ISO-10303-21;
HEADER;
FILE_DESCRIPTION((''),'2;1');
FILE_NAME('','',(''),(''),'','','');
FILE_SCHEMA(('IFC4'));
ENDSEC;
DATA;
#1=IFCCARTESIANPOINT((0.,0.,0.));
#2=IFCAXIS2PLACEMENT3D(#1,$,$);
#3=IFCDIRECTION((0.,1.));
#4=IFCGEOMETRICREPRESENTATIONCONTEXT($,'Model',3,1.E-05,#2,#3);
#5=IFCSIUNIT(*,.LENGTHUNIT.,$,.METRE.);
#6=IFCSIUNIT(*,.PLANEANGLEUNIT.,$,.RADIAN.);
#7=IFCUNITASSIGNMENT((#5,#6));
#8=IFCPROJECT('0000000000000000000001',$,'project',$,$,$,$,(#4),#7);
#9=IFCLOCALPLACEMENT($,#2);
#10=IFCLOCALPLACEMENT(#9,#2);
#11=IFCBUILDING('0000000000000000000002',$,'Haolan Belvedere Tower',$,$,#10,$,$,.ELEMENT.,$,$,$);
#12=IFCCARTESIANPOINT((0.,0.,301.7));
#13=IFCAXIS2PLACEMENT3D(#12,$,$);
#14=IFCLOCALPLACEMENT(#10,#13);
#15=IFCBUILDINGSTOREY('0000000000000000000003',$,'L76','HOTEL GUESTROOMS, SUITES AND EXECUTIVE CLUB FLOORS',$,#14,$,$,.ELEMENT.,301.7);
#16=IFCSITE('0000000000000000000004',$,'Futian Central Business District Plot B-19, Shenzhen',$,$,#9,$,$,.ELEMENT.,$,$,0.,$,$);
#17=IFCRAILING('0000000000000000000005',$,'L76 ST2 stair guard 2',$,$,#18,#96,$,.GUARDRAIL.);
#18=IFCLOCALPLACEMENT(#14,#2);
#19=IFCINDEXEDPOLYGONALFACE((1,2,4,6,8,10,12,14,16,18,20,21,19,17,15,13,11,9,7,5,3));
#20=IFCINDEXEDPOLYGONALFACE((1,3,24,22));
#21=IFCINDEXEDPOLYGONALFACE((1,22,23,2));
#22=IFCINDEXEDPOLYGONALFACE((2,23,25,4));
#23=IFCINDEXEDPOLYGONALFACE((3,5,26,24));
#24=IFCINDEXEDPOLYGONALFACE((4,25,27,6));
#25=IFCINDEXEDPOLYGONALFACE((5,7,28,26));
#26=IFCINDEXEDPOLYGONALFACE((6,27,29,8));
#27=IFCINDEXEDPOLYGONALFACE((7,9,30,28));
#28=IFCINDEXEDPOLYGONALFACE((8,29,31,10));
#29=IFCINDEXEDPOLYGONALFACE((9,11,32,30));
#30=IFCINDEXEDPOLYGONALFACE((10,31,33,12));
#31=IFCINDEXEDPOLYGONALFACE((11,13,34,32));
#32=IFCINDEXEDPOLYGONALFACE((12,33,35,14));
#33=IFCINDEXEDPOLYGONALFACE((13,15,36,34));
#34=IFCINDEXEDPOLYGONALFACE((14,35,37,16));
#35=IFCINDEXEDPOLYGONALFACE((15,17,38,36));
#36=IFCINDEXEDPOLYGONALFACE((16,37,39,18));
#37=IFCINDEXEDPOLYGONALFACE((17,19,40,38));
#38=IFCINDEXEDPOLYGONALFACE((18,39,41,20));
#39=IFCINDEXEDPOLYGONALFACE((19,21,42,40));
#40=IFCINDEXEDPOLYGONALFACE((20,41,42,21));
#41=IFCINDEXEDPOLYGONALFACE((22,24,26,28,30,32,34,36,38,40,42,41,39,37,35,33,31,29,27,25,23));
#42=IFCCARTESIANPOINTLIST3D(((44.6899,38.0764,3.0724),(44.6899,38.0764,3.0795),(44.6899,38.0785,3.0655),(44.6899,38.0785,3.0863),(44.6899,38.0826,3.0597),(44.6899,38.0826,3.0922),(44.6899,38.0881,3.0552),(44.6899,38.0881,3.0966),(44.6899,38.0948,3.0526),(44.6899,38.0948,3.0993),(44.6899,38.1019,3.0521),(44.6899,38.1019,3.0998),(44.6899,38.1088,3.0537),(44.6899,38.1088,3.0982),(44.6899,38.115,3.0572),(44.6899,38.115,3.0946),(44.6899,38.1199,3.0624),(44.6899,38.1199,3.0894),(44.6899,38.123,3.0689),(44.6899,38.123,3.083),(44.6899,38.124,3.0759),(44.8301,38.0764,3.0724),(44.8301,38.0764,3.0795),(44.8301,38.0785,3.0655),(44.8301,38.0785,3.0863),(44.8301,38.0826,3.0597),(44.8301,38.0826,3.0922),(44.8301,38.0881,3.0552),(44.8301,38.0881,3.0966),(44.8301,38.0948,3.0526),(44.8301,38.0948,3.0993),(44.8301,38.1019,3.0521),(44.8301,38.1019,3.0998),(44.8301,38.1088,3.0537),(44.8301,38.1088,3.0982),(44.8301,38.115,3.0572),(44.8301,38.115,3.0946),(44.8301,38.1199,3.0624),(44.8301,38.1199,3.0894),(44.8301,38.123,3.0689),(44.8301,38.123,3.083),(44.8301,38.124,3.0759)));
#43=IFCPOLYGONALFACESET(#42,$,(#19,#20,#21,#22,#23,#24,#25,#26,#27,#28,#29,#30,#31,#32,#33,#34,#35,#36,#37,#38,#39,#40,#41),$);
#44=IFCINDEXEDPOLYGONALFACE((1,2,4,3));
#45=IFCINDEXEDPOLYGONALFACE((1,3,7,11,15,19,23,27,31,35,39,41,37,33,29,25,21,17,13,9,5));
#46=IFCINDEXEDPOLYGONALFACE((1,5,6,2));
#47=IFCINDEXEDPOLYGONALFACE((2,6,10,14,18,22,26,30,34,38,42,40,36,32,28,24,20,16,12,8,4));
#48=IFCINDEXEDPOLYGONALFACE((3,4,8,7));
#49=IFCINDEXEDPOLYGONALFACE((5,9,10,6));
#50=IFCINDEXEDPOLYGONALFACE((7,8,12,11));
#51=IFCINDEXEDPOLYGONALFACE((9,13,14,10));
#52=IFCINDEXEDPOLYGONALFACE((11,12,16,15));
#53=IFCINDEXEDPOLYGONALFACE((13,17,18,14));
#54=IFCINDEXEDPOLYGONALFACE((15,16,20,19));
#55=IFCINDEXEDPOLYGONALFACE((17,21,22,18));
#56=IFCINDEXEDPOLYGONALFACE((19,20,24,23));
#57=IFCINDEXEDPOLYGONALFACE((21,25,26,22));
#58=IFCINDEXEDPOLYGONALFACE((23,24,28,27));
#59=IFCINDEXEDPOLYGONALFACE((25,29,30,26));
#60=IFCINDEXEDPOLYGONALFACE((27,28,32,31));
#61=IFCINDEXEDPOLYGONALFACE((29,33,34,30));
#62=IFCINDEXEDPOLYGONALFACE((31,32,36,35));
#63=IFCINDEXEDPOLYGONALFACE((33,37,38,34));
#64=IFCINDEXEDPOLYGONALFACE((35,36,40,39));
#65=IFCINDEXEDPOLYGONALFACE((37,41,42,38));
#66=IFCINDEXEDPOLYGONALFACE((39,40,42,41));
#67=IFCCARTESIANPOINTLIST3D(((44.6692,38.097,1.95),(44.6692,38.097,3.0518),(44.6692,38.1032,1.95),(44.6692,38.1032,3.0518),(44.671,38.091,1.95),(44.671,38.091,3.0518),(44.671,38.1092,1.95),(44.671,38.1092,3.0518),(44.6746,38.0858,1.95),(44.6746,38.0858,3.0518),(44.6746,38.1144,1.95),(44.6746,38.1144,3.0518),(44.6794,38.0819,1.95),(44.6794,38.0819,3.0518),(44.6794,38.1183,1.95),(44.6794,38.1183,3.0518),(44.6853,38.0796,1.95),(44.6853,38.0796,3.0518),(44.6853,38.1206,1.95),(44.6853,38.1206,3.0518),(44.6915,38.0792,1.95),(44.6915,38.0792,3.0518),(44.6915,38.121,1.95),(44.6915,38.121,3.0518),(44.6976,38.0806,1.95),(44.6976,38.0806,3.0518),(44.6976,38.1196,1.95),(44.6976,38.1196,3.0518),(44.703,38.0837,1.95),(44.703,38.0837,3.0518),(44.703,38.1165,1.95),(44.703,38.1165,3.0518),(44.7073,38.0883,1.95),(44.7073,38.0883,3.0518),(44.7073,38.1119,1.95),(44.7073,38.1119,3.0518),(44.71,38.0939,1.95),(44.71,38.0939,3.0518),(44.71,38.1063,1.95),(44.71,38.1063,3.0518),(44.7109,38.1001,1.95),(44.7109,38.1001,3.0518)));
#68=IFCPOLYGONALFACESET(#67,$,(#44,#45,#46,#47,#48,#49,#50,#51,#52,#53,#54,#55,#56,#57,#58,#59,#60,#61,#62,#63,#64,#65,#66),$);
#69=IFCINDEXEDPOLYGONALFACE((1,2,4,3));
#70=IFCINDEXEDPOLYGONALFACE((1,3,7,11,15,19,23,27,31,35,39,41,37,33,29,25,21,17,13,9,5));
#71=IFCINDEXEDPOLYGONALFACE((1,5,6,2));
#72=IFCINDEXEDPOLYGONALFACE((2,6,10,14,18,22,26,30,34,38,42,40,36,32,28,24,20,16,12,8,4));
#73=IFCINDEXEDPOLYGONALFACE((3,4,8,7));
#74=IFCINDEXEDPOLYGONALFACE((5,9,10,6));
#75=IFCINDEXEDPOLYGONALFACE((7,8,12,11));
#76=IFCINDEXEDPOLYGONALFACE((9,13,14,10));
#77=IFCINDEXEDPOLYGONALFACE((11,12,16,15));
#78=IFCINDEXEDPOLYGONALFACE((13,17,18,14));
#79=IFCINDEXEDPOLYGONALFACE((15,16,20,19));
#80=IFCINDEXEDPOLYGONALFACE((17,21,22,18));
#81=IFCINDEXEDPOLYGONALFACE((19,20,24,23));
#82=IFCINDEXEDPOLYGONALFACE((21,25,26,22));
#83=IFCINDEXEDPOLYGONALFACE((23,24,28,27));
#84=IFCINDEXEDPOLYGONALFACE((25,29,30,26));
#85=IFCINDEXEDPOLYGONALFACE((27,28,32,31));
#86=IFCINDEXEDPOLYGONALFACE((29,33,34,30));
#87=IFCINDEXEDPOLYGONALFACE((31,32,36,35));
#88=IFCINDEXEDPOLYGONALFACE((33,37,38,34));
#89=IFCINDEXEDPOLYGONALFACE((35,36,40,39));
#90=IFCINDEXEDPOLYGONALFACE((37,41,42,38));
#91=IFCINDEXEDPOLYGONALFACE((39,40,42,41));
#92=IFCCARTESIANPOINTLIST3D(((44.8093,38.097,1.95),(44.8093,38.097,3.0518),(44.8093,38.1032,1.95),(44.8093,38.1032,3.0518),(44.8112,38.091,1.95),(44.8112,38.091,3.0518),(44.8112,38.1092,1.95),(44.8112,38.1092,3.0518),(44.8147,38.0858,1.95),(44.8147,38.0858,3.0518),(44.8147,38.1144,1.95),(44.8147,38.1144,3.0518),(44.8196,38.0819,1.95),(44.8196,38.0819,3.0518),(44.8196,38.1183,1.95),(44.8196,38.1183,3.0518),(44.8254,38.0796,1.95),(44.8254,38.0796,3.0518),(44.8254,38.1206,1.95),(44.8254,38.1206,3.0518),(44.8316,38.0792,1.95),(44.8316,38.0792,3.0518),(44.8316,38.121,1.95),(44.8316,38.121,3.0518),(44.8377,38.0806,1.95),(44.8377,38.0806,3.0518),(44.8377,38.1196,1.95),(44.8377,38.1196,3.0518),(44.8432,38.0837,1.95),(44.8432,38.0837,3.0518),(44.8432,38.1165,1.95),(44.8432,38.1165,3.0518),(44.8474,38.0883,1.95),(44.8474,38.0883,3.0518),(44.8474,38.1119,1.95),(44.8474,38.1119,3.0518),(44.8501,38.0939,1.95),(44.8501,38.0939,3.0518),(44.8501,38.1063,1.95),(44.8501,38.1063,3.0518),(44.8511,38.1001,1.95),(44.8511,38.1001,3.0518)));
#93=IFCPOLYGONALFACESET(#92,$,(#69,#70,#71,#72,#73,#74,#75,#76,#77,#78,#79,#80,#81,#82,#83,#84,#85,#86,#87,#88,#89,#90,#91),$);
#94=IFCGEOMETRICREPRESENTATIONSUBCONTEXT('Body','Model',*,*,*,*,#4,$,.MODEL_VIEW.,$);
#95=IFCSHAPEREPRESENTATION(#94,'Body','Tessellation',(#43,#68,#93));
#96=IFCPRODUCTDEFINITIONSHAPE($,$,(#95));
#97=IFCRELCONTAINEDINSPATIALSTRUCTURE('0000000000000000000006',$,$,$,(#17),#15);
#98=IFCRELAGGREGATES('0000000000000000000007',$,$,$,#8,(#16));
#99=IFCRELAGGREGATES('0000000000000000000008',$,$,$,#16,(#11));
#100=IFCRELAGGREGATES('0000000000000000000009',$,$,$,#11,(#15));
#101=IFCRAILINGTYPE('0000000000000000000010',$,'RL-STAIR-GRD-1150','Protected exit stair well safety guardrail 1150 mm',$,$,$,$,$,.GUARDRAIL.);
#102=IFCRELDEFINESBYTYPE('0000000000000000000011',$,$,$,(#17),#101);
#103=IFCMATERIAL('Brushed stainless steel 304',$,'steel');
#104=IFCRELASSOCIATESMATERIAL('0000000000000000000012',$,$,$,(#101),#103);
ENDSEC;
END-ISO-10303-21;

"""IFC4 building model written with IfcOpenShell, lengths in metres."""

from ifc_helpers import new_model, si_unit, direction, frame, origin, origin_2d, place, context, subcontext, project, spatial, circle, extrude, material, type_object, element, save


model = new_model("IFC4")

# Units and contexts
model_context = context("Model", 3, precision=1e-05, world=origin(), true_north=direction((0.0, 1.0)))
body_context = subcontext(model_context, "Body", "Model", "MODEL_VIEW")
ifc_project = project(units=[si_unit("LENGTHUNIT", "METRE"), si_unit("PLANEANGLEUNIT", "RADIAN")], contexts=[model_context])

# Site, building, storey
site_placement = place(None, origin())
site = spatial("IfcSite", under=ifc_project, at=site_placement, Name="Futian Central Business District Plot B-19, Shenzhen", CompositionType="ELEMENT", RefElevation=0.0)
building_placement = place(site_placement, origin())
building = spatial("IfcBuilding", under=site, at=building_placement, Name="Haolan Belvedere Tower", CompositionType="ELEMENT")
storey_placement = place(building_placement, frame((0.0, 0.0, 301.7)))
storey = spatial("IfcBuildingStorey", under=building, at=storey_placement, Name="L76", Description="HOTEL GUESTROOMS, SUITES AND EXECUTIVE CLUB FLOORS", CompositionType="ELEMENT", Elevation=301.7)

# Railing
ifc_material_1 = material(Name="Brushed stainless steel 304", Category="steel")
railing_type_1 = type_object("IfcRailingType", Name="RL-STAIR-GRD-1150", Description="Protected exit stair well safety guardrail 1150 mm", PredefinedType="GUARDRAIL", material=ifc_material_1)
railing_1_placement = place(storey_placement, frame((44.6899, 38.1001, 1.95)))
element("IfcRailing", 1, at=railing_1_placement, inside=storey, type_object=railing_type_1, Name="L76 ST2 stair guard 2", PredefinedType="GUARDRAIL", context=body_context, shape_type="SweptSolid", body=[
    extrude(circle(Radius=0.0239, at=origin_2d()), frame((0.0, 0.0, 1.126), z_axis=(1.0, 0.0, 0.0), x_axis=(0.0, 1.0, 0.0)), (0.0, 0.0, 1.0), 0.1401),
    extrude(circle(Radius=0.021, at=origin_2d()), origin(), (0.0, 0.0, 1.0), 1.1018),
    extrude(circle(Radius=0.021, at=origin_2d()), frame((0.1401, 0.0, 0.0)), (0.0, 0.0, 1.0), 1.1018),
])

save(model, "model.ifc")
